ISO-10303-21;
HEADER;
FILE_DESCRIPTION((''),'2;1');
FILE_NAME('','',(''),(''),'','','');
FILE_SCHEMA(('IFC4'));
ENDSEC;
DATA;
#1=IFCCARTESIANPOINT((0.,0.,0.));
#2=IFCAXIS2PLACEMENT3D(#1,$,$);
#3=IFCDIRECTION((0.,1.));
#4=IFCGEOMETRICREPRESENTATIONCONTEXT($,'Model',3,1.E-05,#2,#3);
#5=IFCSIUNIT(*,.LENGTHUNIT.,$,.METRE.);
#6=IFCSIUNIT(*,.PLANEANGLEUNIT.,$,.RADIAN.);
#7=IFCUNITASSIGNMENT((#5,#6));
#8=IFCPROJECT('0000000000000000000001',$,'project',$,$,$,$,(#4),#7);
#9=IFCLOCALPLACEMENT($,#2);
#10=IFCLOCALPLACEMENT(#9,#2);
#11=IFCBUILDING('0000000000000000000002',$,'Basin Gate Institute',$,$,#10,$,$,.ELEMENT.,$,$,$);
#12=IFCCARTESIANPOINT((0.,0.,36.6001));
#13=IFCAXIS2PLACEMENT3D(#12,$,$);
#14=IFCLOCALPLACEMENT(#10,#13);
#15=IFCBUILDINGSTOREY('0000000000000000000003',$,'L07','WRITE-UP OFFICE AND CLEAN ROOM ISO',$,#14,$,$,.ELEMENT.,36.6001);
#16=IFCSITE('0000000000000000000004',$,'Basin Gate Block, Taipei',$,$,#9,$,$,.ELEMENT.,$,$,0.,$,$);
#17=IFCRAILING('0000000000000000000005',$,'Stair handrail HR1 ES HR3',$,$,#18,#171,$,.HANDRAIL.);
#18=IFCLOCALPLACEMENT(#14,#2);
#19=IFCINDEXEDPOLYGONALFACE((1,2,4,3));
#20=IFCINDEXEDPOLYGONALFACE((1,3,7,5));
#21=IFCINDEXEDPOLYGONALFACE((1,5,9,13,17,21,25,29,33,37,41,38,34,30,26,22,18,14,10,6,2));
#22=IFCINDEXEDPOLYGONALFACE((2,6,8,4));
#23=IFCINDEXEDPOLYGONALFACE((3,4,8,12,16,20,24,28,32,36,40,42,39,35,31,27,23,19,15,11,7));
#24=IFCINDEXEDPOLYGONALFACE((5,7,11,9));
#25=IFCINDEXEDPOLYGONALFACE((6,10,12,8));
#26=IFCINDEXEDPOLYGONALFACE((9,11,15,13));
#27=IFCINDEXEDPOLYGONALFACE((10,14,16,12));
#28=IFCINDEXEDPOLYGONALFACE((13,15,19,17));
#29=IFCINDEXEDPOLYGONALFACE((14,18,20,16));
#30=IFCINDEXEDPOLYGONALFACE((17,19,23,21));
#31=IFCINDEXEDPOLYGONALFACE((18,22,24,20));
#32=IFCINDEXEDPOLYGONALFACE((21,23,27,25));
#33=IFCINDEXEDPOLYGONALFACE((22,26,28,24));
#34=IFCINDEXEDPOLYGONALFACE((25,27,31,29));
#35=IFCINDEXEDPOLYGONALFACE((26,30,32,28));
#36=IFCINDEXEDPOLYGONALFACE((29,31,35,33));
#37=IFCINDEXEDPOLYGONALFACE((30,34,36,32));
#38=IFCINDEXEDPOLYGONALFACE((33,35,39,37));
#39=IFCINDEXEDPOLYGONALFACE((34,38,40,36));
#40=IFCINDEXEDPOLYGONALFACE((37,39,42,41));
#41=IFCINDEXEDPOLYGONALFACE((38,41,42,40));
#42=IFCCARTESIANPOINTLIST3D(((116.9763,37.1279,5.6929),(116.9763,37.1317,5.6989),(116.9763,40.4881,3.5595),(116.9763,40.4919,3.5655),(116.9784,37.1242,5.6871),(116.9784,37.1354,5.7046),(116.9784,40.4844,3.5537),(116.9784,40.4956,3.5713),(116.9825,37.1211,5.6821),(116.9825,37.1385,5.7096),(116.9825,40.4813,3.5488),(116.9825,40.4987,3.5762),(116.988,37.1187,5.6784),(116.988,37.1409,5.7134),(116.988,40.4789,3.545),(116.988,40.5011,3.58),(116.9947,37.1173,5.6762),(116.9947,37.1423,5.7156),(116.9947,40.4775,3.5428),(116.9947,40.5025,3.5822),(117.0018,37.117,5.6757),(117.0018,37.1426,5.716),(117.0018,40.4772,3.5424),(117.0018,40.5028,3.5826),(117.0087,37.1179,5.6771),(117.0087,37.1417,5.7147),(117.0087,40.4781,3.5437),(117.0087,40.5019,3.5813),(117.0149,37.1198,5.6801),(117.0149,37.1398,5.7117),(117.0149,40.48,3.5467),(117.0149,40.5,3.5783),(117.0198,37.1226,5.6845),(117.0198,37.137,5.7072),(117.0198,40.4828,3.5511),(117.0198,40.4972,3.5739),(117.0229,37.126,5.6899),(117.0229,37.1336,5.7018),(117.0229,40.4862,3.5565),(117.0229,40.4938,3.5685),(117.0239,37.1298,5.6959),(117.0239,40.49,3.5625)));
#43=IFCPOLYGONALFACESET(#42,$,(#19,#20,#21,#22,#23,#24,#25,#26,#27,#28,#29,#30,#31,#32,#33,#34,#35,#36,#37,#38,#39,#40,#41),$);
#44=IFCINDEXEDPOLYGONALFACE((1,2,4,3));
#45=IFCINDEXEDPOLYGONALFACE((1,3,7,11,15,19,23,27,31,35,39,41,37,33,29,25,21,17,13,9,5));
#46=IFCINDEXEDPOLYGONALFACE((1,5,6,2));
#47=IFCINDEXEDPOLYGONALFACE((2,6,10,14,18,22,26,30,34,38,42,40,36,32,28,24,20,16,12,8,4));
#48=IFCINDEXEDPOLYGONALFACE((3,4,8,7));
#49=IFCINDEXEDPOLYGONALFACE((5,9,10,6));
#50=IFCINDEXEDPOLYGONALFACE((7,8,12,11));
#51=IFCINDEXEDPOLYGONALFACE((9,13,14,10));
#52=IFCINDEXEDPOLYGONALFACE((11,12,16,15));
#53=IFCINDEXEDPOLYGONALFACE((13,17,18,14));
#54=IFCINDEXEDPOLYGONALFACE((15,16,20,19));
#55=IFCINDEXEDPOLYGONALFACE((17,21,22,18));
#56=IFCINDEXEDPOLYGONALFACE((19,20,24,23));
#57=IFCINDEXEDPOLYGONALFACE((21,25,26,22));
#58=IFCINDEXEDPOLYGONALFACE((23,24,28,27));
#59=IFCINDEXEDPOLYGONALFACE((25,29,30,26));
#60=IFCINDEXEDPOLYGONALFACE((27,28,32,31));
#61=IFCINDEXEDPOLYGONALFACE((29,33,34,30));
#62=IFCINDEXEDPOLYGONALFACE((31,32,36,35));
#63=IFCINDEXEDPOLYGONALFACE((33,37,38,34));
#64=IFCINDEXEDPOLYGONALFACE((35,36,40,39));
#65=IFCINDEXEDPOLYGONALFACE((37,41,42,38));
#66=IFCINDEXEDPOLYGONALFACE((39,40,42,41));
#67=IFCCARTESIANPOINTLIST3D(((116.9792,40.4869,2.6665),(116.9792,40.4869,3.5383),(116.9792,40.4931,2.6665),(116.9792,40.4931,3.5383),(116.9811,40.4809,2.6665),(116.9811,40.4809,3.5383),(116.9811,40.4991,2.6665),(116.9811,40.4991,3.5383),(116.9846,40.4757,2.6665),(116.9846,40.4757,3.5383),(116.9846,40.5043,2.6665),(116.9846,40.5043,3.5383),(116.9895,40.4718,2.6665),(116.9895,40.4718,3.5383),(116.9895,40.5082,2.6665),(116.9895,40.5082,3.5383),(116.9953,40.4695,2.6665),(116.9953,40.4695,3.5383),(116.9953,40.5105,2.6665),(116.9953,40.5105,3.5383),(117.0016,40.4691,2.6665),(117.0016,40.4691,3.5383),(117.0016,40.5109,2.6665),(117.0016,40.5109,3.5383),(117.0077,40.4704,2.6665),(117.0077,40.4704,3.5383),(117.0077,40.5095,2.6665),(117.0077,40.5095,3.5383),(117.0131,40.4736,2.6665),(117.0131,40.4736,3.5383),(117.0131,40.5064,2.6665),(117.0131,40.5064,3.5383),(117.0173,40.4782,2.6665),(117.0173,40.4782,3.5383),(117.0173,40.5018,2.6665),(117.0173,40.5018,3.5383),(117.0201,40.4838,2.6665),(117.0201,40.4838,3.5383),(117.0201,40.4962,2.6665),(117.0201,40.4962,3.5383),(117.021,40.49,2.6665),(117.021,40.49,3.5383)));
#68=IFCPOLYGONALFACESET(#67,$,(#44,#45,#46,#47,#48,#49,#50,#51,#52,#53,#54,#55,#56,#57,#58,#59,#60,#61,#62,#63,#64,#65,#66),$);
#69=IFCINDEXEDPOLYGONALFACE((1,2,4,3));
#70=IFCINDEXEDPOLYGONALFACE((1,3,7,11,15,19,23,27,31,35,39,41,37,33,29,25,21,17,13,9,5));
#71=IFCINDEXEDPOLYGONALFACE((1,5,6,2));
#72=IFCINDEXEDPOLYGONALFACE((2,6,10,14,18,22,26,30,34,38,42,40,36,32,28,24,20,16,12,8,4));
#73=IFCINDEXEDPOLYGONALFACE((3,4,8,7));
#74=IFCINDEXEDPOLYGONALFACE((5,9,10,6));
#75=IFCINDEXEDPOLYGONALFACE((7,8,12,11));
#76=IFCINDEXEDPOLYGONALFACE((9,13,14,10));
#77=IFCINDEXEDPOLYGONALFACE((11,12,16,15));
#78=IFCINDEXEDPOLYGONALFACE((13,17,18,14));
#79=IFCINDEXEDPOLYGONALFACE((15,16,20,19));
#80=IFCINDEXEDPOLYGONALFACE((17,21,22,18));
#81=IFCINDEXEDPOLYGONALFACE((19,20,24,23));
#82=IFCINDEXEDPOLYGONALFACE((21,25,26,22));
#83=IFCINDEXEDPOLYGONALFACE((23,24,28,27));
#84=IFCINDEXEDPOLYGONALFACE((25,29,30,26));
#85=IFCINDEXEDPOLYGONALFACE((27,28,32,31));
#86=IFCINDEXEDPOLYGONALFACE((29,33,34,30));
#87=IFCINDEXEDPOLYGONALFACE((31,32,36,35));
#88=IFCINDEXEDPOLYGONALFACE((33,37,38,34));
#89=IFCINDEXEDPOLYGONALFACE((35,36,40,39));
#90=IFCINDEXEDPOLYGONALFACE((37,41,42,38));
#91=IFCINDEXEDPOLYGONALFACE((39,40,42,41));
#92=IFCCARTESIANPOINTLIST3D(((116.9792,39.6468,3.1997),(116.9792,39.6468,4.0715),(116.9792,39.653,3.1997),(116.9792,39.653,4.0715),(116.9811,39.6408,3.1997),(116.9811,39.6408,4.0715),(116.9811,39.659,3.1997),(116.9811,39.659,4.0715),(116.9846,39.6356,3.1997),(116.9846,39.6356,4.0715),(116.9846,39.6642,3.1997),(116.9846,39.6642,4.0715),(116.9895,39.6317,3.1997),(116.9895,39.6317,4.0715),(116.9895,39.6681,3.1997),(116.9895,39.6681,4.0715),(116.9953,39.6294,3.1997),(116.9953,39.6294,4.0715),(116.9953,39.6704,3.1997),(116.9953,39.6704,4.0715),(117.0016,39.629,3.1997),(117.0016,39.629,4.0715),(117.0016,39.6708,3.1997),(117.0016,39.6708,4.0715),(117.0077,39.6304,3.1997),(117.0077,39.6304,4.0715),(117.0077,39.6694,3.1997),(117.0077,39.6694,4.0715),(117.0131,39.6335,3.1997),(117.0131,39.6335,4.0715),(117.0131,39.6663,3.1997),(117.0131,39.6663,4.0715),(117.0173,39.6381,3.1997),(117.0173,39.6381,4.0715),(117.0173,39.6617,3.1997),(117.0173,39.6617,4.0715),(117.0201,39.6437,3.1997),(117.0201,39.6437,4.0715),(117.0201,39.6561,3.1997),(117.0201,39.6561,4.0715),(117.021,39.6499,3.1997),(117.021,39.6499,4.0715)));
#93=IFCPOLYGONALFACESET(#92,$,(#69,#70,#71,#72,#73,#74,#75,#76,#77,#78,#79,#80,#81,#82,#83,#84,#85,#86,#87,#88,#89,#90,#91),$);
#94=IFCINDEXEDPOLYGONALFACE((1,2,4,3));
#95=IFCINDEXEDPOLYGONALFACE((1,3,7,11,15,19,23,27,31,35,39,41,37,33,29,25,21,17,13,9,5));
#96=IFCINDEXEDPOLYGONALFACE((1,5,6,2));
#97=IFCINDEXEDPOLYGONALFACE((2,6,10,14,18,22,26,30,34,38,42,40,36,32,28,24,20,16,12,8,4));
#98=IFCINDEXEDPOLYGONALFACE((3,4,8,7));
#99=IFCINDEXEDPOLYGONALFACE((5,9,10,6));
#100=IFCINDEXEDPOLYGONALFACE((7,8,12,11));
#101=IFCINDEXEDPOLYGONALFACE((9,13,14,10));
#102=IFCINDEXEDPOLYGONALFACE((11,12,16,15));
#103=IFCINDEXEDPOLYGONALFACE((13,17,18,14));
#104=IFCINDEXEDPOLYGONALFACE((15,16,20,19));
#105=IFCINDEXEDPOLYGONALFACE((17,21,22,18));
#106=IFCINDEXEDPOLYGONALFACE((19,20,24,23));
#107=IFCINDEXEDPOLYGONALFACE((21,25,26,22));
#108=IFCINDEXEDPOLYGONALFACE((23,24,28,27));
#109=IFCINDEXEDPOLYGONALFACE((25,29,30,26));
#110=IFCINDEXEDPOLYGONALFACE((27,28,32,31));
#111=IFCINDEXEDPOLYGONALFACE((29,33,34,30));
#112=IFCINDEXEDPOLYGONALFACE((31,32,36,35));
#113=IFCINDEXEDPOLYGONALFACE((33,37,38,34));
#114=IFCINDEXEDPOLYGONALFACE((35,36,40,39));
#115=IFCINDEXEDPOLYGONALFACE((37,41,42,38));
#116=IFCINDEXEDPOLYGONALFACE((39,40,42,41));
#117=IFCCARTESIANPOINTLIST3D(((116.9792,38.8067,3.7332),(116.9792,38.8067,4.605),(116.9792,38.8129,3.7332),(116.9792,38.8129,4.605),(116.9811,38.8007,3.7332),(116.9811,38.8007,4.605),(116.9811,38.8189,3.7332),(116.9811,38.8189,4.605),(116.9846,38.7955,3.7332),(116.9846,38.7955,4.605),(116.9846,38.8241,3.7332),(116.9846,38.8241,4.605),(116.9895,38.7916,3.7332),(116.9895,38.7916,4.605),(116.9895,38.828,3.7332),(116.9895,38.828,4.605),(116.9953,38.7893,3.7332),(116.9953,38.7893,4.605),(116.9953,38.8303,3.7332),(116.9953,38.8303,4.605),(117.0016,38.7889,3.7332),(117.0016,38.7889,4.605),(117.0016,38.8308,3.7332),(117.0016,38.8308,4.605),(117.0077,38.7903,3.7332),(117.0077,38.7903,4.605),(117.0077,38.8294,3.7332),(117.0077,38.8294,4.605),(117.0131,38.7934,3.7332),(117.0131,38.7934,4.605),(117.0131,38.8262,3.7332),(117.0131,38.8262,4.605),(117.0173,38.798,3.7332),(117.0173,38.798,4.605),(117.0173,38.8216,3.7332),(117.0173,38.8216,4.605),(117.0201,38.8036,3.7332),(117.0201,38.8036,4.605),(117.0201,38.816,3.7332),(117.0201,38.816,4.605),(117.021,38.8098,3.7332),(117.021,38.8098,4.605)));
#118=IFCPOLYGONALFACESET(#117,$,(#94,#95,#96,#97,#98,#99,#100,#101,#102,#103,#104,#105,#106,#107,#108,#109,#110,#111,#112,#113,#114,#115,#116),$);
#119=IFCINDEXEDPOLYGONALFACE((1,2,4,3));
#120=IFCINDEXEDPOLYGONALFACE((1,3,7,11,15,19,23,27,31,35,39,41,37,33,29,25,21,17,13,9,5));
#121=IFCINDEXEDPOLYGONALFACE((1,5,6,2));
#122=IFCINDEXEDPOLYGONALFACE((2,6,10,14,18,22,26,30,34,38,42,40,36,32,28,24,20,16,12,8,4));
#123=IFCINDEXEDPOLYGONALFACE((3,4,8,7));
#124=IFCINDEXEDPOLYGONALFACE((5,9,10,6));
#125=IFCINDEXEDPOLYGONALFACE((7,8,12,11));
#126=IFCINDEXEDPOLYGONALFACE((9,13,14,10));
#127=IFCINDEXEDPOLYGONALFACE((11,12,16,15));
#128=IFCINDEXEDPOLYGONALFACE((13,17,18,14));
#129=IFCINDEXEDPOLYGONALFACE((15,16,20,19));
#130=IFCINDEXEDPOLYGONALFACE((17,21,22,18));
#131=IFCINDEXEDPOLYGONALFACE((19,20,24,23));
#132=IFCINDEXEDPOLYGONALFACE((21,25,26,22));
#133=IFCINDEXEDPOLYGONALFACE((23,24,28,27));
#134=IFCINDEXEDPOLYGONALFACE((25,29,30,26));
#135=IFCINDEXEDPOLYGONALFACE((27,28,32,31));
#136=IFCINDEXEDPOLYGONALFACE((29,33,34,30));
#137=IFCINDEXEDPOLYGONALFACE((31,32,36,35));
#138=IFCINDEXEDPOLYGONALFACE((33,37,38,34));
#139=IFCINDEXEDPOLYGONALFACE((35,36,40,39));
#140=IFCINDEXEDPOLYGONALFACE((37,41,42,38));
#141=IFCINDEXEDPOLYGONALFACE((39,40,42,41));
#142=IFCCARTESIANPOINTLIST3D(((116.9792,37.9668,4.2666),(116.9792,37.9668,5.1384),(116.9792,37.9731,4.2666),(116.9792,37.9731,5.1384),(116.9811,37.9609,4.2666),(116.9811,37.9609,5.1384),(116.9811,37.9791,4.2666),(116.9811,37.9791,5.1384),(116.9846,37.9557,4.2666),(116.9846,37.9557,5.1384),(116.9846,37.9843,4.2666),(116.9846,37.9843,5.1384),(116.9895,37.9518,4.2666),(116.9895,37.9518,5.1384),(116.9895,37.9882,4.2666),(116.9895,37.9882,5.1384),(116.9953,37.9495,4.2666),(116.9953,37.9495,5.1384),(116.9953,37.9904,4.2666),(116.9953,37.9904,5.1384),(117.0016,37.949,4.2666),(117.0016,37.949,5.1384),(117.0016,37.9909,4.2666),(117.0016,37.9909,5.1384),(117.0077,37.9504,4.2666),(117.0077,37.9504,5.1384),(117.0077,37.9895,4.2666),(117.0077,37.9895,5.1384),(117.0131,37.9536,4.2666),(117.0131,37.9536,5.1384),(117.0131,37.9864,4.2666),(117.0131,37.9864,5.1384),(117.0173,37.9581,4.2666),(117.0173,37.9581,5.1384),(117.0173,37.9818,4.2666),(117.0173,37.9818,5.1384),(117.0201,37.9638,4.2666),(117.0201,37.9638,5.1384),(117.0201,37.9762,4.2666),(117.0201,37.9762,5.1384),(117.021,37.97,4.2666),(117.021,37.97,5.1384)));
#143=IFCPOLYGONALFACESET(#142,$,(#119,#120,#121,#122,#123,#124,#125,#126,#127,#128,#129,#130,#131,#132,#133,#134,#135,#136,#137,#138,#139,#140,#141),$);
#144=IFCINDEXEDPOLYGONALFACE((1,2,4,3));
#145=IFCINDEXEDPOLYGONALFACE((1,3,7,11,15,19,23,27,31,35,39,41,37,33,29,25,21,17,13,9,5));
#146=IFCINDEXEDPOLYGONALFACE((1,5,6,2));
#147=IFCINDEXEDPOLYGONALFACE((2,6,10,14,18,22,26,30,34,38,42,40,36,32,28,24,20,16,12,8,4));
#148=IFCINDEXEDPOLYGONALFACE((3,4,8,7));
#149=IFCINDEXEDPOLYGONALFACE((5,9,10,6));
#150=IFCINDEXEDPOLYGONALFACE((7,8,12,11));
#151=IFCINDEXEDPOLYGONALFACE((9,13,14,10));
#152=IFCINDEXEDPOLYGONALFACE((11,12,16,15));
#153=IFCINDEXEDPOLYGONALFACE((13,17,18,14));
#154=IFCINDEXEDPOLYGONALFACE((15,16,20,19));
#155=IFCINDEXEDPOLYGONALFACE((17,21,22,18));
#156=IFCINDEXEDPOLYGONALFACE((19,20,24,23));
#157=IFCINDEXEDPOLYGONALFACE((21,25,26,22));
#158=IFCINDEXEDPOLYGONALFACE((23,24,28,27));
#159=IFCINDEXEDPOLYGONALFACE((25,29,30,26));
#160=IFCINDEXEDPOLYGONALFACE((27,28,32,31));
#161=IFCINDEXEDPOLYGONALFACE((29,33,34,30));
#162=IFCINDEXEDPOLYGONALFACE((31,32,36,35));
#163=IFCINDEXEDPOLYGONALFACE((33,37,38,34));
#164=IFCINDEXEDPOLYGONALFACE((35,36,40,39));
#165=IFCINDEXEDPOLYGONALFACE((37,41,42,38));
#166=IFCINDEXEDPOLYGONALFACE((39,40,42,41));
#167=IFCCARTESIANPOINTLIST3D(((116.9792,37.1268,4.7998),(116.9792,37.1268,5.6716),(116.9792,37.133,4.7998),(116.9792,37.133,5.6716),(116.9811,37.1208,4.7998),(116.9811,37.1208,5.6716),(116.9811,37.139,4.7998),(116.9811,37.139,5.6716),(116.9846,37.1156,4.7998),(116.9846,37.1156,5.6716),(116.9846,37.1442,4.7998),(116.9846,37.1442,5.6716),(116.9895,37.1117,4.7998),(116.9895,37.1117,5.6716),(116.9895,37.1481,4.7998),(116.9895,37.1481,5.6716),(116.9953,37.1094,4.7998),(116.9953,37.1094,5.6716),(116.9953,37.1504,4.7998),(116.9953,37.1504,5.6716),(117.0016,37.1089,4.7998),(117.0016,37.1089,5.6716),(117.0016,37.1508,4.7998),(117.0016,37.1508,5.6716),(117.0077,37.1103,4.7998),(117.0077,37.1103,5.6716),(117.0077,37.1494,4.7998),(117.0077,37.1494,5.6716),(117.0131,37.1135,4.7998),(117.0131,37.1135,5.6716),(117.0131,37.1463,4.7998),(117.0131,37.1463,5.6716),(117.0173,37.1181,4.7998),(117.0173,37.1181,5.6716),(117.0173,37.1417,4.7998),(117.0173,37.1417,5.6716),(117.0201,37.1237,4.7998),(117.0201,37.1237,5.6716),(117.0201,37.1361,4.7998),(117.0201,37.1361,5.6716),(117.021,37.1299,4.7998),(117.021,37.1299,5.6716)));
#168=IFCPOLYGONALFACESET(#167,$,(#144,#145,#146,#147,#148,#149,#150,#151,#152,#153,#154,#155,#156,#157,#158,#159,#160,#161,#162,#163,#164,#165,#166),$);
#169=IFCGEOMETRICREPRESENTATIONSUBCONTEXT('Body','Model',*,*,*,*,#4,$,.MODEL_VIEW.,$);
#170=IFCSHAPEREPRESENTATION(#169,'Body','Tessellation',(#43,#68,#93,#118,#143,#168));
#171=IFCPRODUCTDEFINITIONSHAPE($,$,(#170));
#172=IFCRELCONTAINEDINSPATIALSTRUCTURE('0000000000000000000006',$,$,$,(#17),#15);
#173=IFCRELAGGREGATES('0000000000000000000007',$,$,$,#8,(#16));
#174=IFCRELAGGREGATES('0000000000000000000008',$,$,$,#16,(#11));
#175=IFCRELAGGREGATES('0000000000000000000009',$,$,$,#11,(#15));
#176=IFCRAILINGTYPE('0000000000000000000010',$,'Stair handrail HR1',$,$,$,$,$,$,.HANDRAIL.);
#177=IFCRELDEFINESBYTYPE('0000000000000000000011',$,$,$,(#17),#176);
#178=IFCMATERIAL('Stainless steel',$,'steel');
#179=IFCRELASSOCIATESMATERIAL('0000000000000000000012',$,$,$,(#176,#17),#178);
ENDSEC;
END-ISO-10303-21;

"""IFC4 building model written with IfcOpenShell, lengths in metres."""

from ifc_helpers import new_model, si_unit, direction, frame, origin, origin_2d, place, context, subcontext, project, spatial, circle, extrude, material, type_object, element, save


model = new_model("IFC4")

# Units and contexts
model_context = context("Model", 3, precision=1e-05, world=origin(), true_north=direction((0.0, 1.0)))
body_context = subcontext(model_context, "Body", "Model", "MODEL_VIEW")
ifc_project = project(units=[si_unit("LENGTHUNIT", "METRE"), si_unit("PLANEANGLEUNIT", "RADIAN")], contexts=[model_context])

# Site, building, storey
site_placement = place(None, origin())
site = spatial("IfcSite", under=ifc_project, at=site_placement, Name="Basin Gate Block, Taipei", CompositionType="ELEMENT", RefElevation=0.0)
building_placement = place(site_placement, origin())
building = spatial("IfcBuilding", under=site, at=building_placement, Name="Basin Gate Institute", CompositionType="ELEMENT")
storey_placement = place(building_placement, frame((0.0, 0.0, 36.6001)))
storey = spatial("IfcBuildingStorey", under=building, at=storey_placement, Name="L07", Description="WRITE-UP OFFICE AND CLEAN ROOM ISO", CompositionType="ELEMENT", Elevation=36.6001)

# Railing
ifc_material_1 = material(Name="Stainless steel", Category="steel")
railing_type_1 = type_object("IfcRailingType", Name="Stair handrail HR1", PredefinedType="HANDRAIL", material=ifc_material_1)
railing_1_placement = place(storey_placement, frame((117.0, 40.49, 2.6665)))
element("IfcRailing", 1, at=railing_1_placement, inside=storey, type_object=railing_type_1, material=ifc_material_1, Name="Stair handrail HR1 ES HR3", PredefinedType="HANDRAIL", context=body_context, shape_type="SweptSolid", body=[
    extrude(circle(Radius=0.0239, at=origin_2d()), frame((0.0, 0.0, 0.896), z_axis=(0.0, -0.844224, 0.53599), x_axis=(1.0, 0.0, 0.0)), (0.0, 0.0, 1.0), 3.9802),
    extrude(circle(Radius=0.021, at=origin_2d()), origin(), (0.0, 0.0, 1.0), 0.8718),
    extrude(circle(Radius=0.021, at=origin_2d()), frame((0.0, -0.8401, 0.5332)), (0.0, 0.0, 1.0), 0.8718),
    extrude(circle(Radius=0.021, at=origin_2d()), frame((0.0, -1.6802, 1.0667)), (0.0, 0.0, 1.0), 0.8718),
    extrude(circle(Radius=0.021, at=origin_2d()), frame((0.0, -2.52, 1.6001)), (0.0, 0.0, 1.0), 0.8718),
    extrude(circle(Radius=0.021, at=origin_2d()), frame((0.0, -3.3601, 2.1333)), (0.0, 0.0, 1.0), 0.8718),
])

save(model, "model.ifc")
